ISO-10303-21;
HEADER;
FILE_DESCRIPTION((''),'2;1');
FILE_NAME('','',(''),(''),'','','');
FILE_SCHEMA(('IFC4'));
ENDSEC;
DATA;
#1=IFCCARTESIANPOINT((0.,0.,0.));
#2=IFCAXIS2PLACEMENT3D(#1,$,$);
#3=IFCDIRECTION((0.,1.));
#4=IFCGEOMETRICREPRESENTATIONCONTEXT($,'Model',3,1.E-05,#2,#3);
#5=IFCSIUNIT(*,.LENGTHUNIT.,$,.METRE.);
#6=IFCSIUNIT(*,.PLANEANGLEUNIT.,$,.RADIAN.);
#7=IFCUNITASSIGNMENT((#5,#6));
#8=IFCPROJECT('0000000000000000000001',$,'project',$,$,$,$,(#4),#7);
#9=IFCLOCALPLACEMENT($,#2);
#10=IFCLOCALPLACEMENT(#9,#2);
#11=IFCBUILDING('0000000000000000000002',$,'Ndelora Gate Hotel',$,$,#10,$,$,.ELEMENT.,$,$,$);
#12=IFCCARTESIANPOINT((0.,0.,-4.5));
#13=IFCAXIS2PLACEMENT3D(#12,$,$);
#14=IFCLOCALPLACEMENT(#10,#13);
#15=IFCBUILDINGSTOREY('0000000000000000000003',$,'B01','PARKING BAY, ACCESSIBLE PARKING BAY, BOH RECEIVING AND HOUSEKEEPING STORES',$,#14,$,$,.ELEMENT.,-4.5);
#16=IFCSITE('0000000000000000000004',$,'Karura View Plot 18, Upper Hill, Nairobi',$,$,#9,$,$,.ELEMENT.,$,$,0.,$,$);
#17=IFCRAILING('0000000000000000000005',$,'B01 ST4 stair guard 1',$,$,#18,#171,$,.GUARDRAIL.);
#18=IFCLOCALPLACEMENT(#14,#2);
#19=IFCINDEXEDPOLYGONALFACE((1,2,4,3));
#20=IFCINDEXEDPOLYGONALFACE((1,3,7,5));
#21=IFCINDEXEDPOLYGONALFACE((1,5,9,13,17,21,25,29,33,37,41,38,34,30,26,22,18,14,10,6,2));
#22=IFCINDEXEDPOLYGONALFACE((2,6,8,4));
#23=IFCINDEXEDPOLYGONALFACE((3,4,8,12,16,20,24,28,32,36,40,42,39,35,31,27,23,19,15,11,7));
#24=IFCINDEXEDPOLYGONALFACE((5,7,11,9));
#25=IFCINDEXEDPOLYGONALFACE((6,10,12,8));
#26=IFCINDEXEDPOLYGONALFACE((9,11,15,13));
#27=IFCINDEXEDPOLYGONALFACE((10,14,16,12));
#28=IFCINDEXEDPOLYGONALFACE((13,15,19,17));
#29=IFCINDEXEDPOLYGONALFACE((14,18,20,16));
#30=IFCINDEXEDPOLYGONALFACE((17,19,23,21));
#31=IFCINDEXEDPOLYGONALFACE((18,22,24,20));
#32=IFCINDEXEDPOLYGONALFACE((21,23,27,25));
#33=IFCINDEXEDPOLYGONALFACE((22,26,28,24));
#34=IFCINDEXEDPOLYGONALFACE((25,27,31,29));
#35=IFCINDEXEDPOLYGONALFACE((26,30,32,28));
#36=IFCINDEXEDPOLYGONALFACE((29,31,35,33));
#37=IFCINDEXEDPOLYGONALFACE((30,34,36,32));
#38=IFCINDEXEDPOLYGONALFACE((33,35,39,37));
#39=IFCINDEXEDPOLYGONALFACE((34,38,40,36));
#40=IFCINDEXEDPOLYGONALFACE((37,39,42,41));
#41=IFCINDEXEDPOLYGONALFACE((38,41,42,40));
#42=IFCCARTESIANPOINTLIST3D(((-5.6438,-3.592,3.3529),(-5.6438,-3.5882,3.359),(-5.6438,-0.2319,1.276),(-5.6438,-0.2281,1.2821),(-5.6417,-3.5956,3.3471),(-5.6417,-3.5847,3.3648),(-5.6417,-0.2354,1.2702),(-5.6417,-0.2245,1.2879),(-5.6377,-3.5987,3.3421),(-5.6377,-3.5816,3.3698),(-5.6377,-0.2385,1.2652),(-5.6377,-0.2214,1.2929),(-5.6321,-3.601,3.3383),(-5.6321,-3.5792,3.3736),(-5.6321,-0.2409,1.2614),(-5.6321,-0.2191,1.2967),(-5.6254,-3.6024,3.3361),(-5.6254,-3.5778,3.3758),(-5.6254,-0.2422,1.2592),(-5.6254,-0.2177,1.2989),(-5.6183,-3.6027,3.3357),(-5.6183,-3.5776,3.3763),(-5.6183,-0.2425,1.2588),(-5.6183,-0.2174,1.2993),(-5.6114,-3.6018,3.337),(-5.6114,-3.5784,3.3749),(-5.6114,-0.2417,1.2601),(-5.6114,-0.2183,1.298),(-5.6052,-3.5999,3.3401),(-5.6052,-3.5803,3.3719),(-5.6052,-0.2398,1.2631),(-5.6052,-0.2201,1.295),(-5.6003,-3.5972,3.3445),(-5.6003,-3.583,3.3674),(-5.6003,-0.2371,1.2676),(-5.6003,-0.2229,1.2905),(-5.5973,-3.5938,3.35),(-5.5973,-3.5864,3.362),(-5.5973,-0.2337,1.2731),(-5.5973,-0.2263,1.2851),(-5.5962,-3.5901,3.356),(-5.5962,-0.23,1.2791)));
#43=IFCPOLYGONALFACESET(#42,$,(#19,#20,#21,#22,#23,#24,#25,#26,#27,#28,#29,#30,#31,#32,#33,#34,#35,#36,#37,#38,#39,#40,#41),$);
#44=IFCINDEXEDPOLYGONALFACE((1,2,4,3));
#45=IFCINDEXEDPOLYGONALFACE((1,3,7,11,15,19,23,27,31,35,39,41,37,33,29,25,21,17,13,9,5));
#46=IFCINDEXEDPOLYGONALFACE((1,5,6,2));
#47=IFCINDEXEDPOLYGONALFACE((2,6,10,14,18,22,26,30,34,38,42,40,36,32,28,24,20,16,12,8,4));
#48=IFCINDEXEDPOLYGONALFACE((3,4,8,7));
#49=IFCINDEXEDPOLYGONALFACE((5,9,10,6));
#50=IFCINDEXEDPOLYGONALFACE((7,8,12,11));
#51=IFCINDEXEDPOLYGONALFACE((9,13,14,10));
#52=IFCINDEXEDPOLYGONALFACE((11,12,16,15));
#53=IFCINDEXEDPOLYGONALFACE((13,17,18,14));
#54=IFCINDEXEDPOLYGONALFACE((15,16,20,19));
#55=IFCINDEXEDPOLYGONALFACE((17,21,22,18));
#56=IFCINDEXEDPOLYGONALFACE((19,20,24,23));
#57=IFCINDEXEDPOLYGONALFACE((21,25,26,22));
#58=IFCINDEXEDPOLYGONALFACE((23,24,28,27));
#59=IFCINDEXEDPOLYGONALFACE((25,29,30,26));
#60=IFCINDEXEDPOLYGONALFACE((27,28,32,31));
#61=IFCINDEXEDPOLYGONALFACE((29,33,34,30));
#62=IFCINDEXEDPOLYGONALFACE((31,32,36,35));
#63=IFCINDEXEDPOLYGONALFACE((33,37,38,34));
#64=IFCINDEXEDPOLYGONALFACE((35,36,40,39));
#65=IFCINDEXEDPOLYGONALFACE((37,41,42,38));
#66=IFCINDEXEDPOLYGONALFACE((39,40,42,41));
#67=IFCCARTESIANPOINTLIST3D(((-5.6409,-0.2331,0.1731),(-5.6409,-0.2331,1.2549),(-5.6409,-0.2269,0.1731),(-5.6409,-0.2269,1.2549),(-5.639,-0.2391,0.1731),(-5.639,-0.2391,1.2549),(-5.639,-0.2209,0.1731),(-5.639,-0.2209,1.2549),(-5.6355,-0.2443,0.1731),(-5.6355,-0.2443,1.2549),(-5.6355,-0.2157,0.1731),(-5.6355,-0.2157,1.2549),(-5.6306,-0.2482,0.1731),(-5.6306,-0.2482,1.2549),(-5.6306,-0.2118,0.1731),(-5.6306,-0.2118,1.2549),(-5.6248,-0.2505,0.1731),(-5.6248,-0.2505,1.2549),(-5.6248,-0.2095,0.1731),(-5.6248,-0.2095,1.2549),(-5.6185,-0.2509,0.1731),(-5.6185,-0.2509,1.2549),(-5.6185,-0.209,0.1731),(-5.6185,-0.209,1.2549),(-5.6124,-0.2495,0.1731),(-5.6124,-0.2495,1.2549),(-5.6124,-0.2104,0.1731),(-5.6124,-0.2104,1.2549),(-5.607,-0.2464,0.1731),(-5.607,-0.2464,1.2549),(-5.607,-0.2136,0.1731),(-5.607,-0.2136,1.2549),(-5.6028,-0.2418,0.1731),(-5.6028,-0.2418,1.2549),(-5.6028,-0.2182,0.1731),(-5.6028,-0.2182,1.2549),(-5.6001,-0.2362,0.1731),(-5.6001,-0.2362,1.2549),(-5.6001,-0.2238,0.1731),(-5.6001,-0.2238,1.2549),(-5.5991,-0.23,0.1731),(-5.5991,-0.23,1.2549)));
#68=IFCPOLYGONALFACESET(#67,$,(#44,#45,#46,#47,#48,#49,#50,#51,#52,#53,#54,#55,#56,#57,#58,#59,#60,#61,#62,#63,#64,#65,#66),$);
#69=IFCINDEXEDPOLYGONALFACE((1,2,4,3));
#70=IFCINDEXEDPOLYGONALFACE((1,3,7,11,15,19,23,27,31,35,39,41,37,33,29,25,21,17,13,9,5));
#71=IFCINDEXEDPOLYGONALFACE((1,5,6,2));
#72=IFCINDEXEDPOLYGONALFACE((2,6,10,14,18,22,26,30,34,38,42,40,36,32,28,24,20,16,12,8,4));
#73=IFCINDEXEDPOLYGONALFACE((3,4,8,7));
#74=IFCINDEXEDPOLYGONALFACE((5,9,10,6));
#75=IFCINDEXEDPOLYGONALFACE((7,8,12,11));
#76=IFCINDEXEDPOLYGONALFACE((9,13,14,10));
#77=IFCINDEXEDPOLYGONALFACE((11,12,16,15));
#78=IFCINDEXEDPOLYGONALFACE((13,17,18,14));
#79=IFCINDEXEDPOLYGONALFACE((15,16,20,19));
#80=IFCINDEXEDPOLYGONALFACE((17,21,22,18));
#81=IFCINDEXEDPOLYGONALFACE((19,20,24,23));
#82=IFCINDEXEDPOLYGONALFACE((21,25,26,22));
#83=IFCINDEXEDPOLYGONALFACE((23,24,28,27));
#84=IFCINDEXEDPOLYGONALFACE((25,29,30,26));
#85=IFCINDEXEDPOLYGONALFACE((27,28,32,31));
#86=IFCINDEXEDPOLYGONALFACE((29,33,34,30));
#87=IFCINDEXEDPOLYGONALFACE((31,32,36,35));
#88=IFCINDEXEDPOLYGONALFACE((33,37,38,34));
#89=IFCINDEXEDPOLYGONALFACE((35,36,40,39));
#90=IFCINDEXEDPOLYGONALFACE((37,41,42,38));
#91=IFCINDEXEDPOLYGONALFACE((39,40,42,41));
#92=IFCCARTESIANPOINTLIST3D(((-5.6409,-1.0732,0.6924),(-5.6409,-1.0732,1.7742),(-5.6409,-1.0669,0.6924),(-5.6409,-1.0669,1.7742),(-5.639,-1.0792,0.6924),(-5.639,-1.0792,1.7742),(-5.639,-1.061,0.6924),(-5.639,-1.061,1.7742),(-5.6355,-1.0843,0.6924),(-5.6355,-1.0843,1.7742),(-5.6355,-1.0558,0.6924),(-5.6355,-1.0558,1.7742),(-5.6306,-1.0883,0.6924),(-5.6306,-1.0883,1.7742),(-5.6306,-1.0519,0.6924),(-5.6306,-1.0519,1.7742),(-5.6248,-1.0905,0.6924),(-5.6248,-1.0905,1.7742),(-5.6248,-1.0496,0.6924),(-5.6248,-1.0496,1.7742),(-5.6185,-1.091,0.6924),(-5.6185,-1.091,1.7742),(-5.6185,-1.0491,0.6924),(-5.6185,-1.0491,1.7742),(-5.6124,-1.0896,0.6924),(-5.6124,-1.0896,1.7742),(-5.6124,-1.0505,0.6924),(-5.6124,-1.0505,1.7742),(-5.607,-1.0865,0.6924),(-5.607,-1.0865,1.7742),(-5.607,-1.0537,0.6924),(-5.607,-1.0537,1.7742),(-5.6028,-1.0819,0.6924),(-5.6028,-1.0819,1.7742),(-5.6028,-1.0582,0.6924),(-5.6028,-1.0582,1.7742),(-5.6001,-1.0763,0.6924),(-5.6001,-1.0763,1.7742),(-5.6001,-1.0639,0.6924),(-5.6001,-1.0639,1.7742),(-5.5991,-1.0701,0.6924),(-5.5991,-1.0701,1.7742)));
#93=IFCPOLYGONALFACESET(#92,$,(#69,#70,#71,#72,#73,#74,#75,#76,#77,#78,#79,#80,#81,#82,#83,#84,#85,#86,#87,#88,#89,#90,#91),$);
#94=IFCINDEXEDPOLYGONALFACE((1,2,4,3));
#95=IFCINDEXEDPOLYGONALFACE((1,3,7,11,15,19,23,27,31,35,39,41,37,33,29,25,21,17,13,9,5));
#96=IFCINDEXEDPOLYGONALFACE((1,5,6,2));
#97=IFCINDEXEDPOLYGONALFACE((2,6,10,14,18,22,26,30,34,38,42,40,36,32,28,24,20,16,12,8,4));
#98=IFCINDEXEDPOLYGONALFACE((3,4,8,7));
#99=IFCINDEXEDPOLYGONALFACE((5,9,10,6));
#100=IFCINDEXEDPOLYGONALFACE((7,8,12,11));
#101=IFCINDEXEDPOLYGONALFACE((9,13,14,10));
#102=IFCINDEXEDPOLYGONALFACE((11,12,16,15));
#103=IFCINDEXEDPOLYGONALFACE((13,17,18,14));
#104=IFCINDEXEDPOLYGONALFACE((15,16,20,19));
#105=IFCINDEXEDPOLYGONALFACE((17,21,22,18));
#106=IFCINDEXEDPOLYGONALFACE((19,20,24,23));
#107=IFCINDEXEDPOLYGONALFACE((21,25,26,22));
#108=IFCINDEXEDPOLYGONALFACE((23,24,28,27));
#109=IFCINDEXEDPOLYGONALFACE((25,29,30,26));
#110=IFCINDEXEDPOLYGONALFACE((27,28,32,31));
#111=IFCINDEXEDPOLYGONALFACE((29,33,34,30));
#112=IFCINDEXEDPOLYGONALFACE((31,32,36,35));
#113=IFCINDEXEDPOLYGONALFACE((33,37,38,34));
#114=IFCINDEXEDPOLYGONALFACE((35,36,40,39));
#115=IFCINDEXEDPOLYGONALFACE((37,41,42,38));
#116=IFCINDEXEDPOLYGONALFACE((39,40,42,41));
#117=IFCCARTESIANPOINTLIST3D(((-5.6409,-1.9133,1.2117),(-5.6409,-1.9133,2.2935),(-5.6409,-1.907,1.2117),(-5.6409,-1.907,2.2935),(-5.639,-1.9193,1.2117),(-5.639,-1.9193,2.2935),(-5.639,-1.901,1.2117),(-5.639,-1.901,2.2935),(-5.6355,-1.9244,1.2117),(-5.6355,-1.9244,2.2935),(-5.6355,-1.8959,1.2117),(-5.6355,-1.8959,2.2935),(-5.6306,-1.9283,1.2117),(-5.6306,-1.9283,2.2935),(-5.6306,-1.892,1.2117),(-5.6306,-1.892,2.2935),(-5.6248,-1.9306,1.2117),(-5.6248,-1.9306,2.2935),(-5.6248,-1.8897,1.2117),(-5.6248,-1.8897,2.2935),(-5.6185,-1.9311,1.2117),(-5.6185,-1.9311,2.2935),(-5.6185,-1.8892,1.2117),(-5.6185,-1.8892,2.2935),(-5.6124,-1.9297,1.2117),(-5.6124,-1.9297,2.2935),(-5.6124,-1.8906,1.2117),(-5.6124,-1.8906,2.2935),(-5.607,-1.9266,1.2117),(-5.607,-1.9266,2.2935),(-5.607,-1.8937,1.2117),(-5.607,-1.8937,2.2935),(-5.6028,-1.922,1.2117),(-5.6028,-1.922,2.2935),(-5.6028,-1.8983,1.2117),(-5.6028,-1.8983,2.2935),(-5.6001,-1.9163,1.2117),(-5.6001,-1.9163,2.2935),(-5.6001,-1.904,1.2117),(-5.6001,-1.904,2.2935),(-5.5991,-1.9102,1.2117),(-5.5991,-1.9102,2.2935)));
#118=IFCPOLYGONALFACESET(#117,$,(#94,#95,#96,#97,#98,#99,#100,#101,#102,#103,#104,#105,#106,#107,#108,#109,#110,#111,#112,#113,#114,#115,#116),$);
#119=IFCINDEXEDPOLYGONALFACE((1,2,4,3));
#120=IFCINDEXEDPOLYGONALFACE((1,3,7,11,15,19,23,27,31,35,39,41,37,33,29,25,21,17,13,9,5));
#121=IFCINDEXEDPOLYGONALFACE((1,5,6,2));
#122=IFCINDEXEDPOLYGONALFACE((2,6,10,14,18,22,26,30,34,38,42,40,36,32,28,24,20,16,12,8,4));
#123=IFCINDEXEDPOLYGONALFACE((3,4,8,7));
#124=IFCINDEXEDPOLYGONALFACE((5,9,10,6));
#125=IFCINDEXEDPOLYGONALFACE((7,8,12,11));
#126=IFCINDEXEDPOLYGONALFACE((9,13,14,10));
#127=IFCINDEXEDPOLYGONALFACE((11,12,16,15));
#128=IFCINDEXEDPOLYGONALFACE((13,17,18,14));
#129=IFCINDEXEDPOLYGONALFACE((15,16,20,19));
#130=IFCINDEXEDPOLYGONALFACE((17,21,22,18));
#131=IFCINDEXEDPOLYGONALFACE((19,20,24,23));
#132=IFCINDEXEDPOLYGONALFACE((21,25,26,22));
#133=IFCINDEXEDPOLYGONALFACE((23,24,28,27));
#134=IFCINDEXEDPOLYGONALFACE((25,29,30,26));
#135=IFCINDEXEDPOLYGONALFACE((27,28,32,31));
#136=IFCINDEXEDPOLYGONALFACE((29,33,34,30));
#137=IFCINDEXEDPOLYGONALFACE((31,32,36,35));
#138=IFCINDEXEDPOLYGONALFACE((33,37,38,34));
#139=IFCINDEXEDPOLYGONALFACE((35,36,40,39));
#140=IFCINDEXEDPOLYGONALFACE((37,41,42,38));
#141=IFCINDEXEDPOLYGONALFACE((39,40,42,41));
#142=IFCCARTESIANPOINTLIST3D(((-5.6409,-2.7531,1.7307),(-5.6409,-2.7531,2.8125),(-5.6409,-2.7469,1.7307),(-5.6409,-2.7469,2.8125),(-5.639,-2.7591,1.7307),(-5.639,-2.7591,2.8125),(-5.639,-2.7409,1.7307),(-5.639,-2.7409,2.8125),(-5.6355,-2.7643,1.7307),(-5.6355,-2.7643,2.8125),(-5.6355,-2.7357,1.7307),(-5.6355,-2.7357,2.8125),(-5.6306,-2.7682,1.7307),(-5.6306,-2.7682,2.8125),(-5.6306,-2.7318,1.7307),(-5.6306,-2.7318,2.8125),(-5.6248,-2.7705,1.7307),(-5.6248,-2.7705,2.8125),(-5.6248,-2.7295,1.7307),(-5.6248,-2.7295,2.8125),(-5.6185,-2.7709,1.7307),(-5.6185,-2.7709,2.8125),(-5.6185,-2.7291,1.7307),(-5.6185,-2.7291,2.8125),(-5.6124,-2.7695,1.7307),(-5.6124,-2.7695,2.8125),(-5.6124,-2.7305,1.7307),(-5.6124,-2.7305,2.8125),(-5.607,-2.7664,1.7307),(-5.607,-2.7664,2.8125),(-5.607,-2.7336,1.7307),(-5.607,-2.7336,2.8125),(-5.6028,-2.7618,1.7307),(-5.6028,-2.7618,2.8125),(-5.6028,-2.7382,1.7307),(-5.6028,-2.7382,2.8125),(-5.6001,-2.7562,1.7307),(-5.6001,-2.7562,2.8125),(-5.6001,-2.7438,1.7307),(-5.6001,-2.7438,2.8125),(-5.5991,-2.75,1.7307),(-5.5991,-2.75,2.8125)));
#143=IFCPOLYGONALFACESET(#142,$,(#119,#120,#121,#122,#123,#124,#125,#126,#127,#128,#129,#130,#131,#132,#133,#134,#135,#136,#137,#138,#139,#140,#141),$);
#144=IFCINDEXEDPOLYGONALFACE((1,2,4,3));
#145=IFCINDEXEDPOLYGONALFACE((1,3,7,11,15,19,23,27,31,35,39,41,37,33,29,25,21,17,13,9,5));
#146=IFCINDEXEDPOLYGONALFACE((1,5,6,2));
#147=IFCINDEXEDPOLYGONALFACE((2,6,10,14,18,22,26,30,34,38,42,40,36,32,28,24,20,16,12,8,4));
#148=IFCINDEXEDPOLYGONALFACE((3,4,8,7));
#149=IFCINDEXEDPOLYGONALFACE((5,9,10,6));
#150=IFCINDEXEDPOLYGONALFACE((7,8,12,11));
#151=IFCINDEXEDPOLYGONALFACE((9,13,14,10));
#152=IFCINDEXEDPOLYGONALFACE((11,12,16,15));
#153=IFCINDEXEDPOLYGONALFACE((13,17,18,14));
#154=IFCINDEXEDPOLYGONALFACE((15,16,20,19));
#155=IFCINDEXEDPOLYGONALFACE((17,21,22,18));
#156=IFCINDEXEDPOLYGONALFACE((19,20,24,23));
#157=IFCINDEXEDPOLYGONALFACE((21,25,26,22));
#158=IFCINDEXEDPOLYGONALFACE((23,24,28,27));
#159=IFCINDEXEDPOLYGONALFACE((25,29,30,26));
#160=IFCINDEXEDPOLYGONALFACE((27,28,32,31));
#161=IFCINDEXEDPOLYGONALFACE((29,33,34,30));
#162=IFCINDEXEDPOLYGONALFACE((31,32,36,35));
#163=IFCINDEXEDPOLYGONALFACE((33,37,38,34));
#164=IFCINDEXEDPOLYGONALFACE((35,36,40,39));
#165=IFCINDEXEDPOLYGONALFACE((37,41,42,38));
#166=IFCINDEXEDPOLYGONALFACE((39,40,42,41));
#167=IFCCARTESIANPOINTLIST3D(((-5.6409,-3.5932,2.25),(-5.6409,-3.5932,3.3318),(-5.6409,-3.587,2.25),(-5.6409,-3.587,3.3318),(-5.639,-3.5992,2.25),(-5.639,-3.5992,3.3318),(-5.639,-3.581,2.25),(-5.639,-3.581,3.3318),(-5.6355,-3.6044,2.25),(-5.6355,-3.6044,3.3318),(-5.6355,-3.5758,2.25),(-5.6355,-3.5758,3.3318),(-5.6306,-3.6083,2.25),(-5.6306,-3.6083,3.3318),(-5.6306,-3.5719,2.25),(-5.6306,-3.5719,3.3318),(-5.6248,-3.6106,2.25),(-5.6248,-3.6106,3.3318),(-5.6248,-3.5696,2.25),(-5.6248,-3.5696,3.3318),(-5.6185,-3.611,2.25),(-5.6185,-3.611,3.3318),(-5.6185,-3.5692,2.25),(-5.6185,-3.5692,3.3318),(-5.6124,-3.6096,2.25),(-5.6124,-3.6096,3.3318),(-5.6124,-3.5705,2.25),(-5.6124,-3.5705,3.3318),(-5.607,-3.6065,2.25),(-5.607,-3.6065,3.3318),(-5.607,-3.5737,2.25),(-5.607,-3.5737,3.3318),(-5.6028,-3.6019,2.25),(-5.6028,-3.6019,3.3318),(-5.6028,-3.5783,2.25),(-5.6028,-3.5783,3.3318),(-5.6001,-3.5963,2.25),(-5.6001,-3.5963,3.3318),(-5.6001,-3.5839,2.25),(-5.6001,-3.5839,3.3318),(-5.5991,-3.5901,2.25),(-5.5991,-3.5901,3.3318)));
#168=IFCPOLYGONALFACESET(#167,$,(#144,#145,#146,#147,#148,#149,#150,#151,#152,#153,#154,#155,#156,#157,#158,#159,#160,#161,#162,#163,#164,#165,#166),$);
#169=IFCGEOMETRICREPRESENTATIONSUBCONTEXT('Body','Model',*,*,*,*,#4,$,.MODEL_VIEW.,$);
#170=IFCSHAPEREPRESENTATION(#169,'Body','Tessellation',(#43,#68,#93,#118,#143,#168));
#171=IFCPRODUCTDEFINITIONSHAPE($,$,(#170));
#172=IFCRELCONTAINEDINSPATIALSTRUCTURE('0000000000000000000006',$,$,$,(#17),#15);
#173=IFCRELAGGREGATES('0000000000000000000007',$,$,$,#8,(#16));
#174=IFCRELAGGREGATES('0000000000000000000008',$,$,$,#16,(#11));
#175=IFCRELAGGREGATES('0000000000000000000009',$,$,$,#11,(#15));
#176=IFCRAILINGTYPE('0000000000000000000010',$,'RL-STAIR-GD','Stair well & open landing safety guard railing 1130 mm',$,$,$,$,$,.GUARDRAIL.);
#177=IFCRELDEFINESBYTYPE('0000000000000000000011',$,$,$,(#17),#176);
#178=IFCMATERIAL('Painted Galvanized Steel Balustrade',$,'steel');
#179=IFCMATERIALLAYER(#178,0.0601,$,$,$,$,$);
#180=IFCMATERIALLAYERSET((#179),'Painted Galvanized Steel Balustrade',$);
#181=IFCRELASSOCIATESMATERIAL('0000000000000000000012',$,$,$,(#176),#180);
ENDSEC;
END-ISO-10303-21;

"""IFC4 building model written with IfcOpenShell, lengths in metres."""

from ifc_helpers import new_model, si_unit, direction, frame, origin, origin_2d, place, context, subcontext, project, spatial, circle, extrude, material, layer, layer_set, type_object, element, save


model = new_model("IFC4")

# Units and contexts
model_context = context("Model", 3, precision=1e-05, world=origin(), true_north=direction((0.0, 1.0)))
body_context = subcontext(model_context, "Body", "Model", "MODEL_VIEW")
ifc_project = project(units=[si_unit("LENGTHUNIT", "METRE"), si_unit("PLANEANGLEUNIT", "RADIAN")], contexts=[model_context])

# Site, building, storey
site_placement = place(None, origin())
site = spatial("IfcSite", under=ifc_project, at=site_placement, Name="Karura View Plot 18, Upper Hill, Nairobi", CompositionType="ELEMENT", RefElevation=0.0)
building_placement = place(site_placement, origin())
building = spatial("IfcBuilding", under=site, at=building_placement, Name="Ndelora Gate Hotel", CompositionType="ELEMENT")
storey_placement = place(building_placement, frame((0.0, 0.0, -4.5)))
storey = spatial("IfcBuildingStorey", under=building, at=storey_placement, Name="B01", Description="PARKING BAY, ACCESSIBLE PARKING BAY, BOH RECEIVING AND HOUSEKEEPING STORES", CompositionType="ELEMENT", Elevation=-4.5)

# Railing
ifc_material_1 = material(Name="Painted Galvanized Steel Balustrade", Category="steel")
ifc_layer_1 = layer(ifc_material_1, 0.0601)
ifc_layer_set_1 = layer_set([ifc_layer_1], Name="Painted Galvanized Steel Balustrade")
railing_type_1 = type_object("IfcRailingType", Name="RL-STAIR-GD", Description="Stair well & open landing safety guard railing 1130 mm", PredefinedType="GUARDRAIL", material=ifc_layer_set_1)
railing_1_placement = place(storey_placement, frame((-5.6201, -0.23, 0.1731)))
element("IfcRailing", 1, at=railing_1_placement, inside=storey, type_object=railing_type_1, Name="B01 ST4 stair guard 1", PredefinedType="GUARDRAIL", context=body_context, shape_type="SweptSolid", body=[
    extrude(circle(Radius=0.0239, at=origin_2d()), frame((0.0, 0.0, 1.106), z_axis=(0.0, -0.850623, 0.525776), x_axis=(1.0, 0.0, 0.0)), (0.0, 0.0, 1.0), 3.9502),
    extrude(circle(Radius=0.021, at=origin_2d()), origin(), (0.0, 0.0, 1.0), 1.0818),
    extrude(circle(Radius=0.021, at=origin_2d()), frame((0.0, -0.8401, 0.5193)), (0.0, 0.0, 1.0), 1.0818),
    extrude(circle(Radius=0.021, at=origin_2d()), frame((0.0, -1.6802, 1.0386)), (0.0, 0.0, 1.0), 1.0818),
    extrude(circle(Radius=0.021, at=origin_2d()), frame((0.0, -2.52, 1.5576)), (0.0, 0.0, 1.0), 1.0818),
    extrude(circle(Radius=0.021, at=origin_2d()), frame((0.0, -3.3601, 2.0769)), (0.0, 0.0, 1.0), 1.0818),
])

save(model, "model.ifc")
